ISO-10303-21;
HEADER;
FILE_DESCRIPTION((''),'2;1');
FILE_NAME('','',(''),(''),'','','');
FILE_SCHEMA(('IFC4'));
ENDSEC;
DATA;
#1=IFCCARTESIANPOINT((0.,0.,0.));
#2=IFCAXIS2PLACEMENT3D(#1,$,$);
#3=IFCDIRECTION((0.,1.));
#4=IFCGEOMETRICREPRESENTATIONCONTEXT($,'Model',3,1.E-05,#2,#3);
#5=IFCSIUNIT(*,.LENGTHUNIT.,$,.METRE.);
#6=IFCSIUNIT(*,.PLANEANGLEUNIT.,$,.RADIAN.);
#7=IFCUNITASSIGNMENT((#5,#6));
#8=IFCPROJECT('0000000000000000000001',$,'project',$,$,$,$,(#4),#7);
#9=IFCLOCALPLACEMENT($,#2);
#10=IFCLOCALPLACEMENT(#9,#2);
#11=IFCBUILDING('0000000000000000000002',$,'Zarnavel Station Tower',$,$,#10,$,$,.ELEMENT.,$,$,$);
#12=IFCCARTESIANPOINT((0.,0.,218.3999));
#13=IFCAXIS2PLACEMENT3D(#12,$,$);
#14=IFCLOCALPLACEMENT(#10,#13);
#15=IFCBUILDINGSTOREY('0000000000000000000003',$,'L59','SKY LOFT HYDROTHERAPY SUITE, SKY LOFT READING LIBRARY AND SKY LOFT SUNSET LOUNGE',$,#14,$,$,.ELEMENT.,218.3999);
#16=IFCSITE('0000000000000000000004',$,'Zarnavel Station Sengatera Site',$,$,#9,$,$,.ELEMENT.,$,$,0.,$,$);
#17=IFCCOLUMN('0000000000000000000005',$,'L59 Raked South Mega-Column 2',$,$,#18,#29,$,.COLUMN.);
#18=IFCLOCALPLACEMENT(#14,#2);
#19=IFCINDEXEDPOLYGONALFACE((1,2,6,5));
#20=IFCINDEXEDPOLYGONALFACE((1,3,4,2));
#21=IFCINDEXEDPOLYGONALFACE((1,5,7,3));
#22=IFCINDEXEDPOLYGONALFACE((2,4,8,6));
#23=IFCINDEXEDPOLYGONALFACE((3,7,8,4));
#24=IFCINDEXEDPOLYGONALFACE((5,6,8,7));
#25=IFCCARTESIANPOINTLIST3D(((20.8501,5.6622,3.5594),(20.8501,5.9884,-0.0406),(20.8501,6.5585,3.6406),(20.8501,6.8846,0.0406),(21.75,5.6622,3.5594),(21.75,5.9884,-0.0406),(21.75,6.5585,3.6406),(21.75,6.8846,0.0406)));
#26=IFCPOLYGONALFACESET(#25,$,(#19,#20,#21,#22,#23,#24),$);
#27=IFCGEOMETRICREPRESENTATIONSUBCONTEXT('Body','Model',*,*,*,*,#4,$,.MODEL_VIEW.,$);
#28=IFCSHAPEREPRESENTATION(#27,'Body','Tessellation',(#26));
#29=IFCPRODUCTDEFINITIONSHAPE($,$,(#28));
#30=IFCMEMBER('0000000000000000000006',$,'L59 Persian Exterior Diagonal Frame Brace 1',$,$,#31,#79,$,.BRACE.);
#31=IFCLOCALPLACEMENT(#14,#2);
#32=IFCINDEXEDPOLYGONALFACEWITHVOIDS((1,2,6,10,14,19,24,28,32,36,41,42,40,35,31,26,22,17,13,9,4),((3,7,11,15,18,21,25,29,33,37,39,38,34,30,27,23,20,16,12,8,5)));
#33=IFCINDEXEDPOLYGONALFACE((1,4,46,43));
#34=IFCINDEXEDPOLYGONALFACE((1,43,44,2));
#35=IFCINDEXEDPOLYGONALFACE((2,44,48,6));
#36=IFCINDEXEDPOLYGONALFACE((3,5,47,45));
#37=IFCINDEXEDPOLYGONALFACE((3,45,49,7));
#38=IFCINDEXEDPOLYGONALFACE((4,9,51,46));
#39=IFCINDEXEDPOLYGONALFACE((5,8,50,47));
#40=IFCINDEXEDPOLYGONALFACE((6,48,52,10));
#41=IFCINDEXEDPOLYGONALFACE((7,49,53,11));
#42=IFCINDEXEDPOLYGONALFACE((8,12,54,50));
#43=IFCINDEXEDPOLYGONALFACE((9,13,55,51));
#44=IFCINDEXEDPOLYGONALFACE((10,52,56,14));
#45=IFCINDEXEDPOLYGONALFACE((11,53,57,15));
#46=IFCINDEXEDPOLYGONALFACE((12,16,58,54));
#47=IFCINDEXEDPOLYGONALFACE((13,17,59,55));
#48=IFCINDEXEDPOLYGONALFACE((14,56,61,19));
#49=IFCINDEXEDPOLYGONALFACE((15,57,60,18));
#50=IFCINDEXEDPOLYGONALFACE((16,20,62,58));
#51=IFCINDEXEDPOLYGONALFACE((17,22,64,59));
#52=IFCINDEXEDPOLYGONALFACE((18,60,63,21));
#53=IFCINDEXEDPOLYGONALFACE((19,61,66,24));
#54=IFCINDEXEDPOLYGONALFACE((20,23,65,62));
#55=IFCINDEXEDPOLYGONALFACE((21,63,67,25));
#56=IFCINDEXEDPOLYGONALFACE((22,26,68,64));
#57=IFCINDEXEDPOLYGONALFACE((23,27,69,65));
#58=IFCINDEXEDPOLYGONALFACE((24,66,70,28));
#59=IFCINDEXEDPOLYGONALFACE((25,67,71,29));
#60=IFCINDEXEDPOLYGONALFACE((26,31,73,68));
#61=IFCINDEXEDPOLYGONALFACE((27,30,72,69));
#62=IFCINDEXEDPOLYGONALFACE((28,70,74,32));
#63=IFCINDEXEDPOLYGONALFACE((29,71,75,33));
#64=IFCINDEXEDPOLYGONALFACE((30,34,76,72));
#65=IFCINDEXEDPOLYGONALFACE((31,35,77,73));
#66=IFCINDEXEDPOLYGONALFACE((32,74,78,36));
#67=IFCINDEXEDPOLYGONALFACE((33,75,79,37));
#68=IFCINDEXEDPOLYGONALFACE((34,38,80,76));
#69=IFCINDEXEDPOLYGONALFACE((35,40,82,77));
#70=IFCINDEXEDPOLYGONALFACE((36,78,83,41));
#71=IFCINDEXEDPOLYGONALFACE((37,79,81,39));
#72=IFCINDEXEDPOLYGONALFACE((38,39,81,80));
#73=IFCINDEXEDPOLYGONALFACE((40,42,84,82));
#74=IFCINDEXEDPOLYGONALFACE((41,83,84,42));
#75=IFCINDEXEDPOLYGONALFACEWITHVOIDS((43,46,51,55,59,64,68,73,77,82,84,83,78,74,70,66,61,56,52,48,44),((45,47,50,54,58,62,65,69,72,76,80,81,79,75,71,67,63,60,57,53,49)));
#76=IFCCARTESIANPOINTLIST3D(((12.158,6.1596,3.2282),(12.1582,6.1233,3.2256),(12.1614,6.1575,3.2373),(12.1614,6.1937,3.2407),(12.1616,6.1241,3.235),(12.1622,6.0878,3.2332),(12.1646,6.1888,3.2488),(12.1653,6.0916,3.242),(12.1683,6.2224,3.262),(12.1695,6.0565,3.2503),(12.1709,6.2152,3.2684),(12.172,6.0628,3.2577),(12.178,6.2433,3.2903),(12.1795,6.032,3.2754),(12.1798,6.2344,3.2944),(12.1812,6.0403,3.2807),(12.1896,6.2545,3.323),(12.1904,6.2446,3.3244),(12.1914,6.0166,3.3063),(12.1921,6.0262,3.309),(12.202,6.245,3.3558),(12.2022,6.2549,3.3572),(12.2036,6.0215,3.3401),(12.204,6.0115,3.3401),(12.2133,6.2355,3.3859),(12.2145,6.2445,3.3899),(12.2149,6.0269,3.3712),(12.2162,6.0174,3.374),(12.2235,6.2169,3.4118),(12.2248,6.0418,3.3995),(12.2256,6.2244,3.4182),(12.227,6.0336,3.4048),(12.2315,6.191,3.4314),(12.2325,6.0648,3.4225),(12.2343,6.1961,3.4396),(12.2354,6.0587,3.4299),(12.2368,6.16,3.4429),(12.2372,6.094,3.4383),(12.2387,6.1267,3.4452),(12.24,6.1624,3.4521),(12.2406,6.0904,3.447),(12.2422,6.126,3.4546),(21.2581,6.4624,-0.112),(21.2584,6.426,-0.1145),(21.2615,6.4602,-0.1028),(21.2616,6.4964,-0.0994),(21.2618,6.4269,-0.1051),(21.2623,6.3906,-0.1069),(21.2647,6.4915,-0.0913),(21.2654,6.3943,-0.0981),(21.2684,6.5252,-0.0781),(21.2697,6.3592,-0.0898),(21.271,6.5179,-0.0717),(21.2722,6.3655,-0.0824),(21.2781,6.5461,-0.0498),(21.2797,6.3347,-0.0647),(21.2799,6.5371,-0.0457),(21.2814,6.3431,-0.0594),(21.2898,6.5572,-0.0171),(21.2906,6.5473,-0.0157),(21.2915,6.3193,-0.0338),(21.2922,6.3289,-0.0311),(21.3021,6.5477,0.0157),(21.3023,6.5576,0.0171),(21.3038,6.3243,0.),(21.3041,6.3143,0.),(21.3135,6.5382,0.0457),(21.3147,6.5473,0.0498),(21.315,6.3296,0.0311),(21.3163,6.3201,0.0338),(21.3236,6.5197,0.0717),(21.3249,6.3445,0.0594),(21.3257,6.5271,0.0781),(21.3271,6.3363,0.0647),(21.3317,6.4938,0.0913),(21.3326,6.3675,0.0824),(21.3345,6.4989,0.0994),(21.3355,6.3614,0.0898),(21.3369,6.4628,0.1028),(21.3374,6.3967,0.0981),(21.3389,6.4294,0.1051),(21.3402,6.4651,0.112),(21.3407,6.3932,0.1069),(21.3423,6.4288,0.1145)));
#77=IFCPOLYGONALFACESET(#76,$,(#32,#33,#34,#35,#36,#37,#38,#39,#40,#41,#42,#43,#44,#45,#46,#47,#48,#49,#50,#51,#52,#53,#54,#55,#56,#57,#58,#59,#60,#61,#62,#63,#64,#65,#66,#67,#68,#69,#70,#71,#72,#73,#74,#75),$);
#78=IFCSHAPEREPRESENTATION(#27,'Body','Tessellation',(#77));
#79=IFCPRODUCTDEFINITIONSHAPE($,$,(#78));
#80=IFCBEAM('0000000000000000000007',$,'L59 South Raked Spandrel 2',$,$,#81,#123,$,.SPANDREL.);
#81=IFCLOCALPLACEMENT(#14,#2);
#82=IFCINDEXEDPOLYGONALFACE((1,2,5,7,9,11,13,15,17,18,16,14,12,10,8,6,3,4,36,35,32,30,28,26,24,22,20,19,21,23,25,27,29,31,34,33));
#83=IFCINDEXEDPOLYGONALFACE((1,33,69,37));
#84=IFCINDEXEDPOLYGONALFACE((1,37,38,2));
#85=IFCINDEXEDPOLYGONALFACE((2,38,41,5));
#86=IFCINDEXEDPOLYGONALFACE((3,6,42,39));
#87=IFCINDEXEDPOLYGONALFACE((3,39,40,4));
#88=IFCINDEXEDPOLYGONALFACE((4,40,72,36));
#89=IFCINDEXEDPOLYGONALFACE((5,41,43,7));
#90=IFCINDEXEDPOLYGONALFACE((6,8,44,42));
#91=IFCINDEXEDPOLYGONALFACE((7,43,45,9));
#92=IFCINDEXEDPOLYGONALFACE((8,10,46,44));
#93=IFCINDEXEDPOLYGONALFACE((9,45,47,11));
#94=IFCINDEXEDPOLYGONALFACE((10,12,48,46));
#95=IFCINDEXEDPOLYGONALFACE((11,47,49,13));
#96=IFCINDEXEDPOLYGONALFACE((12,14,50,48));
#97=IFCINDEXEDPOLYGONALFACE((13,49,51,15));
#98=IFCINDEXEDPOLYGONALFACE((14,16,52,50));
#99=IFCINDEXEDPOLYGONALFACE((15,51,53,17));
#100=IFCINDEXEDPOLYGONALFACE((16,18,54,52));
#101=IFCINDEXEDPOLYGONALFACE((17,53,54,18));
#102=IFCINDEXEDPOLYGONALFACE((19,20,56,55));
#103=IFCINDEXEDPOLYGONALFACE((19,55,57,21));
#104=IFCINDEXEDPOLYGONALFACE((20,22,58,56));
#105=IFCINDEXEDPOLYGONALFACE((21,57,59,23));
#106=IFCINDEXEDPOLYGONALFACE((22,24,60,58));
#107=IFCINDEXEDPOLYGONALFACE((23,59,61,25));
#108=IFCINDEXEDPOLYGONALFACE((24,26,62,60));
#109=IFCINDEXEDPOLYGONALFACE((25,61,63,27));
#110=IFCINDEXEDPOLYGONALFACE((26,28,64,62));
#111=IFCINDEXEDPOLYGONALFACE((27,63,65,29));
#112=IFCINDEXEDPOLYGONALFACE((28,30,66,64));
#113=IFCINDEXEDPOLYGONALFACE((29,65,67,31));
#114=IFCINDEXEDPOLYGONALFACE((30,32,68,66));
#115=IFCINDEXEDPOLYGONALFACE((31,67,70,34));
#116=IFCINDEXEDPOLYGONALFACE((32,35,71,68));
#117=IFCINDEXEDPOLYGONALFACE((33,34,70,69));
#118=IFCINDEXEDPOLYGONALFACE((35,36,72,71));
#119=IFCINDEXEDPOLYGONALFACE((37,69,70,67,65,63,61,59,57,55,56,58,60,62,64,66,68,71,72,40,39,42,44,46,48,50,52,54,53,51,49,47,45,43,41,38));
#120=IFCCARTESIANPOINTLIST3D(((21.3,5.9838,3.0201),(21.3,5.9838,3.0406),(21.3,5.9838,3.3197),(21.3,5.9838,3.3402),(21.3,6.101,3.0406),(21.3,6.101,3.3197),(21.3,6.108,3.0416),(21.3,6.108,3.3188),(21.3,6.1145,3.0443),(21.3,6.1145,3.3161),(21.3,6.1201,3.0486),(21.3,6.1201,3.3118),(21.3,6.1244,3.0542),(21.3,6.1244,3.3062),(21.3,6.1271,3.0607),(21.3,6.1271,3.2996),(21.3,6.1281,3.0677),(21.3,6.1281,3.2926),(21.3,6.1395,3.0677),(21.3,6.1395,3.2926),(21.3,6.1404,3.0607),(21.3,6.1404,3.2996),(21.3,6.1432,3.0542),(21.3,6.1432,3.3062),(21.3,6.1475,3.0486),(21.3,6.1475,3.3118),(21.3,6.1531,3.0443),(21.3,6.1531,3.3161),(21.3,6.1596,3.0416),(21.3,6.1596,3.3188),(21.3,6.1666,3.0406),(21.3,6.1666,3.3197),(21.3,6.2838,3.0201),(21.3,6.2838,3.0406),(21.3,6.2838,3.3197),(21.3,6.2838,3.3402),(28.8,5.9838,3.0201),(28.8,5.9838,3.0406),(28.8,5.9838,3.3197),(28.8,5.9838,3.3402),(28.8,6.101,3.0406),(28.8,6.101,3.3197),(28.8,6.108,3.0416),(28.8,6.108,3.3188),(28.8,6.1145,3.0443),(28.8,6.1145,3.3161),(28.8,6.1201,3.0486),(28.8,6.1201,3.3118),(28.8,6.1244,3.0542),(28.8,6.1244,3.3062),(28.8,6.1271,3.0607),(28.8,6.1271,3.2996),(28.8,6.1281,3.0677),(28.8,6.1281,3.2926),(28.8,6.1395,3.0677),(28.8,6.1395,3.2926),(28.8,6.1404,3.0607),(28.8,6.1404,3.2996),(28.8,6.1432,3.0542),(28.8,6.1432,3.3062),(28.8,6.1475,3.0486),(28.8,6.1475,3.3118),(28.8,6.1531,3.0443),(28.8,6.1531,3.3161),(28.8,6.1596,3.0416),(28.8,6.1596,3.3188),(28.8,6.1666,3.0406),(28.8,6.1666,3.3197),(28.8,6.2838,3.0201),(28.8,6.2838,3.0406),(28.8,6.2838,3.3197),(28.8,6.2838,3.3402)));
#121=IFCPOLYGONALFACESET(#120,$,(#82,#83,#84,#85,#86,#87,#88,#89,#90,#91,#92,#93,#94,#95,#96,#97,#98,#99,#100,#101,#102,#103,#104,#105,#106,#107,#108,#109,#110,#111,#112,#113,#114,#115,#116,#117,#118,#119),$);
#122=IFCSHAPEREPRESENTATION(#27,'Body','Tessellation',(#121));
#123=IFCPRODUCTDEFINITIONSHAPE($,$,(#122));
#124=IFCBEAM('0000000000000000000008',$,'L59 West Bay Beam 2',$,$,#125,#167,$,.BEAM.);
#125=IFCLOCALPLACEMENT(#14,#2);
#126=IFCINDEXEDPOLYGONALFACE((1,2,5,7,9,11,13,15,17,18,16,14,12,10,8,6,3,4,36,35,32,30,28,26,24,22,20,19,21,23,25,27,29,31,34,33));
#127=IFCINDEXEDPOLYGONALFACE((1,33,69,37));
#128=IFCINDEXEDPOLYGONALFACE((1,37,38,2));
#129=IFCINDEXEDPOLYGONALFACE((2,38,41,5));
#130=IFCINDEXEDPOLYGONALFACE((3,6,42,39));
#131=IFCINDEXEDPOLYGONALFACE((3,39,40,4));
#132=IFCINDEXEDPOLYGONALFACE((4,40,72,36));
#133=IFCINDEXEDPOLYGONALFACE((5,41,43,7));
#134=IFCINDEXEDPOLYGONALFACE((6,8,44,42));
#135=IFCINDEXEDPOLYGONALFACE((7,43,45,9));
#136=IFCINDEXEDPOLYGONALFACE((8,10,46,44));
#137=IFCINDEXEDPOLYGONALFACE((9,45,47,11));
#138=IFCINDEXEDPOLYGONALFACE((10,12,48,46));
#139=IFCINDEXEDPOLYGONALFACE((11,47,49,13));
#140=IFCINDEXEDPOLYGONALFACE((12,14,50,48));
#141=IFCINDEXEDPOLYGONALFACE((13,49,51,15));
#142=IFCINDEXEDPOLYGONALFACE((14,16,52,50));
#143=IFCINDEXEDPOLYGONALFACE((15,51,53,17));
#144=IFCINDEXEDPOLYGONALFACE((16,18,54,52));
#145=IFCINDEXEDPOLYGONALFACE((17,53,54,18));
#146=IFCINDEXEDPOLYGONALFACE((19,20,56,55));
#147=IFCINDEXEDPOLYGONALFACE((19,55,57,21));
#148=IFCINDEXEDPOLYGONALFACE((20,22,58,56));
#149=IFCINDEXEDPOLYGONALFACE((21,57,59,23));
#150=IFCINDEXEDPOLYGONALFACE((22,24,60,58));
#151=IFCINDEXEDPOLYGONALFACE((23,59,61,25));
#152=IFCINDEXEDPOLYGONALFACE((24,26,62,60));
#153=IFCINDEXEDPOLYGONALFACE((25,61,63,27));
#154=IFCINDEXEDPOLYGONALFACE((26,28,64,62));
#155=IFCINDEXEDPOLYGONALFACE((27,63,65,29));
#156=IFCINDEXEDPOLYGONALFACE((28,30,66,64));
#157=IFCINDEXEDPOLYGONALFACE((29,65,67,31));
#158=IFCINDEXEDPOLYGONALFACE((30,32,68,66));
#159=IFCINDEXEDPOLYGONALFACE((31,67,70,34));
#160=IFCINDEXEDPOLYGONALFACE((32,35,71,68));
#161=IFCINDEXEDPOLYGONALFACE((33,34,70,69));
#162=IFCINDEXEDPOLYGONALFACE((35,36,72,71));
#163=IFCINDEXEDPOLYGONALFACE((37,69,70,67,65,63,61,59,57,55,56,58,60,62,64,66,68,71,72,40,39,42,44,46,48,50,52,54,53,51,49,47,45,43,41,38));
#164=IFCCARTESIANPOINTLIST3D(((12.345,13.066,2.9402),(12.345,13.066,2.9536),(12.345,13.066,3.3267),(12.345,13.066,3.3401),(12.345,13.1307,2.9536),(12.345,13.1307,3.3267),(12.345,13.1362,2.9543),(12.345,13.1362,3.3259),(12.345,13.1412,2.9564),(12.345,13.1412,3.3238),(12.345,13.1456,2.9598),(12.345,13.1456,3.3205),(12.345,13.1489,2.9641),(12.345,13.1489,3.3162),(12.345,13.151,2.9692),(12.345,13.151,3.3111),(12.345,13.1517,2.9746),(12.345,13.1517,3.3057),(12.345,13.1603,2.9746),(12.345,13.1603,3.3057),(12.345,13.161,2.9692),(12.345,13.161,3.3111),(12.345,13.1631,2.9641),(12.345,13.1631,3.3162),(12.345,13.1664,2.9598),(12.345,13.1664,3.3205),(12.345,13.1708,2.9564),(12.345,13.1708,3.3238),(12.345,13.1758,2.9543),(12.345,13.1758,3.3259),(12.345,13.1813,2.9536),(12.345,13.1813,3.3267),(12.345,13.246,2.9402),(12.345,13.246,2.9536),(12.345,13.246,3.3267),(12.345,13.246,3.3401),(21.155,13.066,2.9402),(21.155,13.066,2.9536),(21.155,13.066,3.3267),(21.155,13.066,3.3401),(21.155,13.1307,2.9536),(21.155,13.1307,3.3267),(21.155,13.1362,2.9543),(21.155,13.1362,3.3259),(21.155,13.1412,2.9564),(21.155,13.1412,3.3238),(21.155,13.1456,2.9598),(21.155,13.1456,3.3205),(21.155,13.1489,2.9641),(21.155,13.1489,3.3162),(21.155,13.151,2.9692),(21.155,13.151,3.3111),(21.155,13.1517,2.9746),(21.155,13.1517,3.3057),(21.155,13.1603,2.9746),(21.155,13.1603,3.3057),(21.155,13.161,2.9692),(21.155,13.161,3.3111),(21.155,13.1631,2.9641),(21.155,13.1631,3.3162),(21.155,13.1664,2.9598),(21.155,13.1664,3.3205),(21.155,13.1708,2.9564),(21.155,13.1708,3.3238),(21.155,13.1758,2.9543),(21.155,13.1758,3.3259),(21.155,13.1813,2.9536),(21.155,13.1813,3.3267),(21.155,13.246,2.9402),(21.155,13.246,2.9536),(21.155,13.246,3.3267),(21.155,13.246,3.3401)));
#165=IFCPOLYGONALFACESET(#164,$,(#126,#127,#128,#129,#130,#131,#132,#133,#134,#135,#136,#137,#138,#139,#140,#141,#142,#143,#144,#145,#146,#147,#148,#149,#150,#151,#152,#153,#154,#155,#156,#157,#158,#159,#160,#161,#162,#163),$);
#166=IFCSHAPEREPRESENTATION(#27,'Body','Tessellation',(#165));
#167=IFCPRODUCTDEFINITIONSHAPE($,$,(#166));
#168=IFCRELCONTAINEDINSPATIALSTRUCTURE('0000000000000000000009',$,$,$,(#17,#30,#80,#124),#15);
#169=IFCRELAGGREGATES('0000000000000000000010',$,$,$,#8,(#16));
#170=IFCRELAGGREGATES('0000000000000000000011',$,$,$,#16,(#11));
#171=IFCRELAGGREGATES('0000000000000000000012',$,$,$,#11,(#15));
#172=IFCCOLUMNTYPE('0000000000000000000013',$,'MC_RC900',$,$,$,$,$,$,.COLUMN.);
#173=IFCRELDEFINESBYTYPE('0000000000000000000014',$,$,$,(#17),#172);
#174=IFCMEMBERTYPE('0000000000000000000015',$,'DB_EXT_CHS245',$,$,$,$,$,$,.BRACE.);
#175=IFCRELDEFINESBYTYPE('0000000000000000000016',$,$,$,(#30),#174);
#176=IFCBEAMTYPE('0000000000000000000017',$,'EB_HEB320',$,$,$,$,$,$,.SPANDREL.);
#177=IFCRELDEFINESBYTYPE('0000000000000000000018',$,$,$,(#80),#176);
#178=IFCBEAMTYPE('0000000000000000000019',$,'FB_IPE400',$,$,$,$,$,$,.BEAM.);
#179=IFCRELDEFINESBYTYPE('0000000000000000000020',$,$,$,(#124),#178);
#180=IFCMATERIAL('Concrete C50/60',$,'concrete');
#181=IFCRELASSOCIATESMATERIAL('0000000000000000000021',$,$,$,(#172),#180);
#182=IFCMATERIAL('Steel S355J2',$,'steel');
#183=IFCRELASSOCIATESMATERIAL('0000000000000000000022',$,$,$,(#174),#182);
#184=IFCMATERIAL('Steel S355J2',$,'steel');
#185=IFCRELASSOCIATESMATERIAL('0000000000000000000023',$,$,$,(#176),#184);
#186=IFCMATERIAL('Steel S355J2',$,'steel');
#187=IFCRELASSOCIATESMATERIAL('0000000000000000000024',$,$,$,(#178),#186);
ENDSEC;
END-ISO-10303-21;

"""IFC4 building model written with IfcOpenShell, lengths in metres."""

from ifc_helpers import new_model, si_unit, direction, frame, origin, origin_2d, place, context, subcontext, project, spatial, rectangle, hollow_circle, i_section, extrude, material, material_profile, profile_set, type_object, element, save


model = new_model("IFC4")

# Units and contexts
model_context = context("Model", 3, precision=1e-05, world=origin(), true_north=direction((0.0, 1.0)))
body_context = subcontext(model_context, "Body", "Model", "MODEL_VIEW")
ifc_project = project(units=[si_unit("LENGTHUNIT", "METRE"), si_unit("PLANEANGLEUNIT", "RADIAN")], contexts=[model_context])

# Site, building, storey
site_placement = place(None, origin())
site = spatial("IfcSite", under=ifc_project, at=site_placement, Name="Zarnavel Station Sengatera Site", CompositionType="ELEMENT", RefElevation=0.0)
building_placement = place(site_placement, origin())
building = spatial("IfcBuilding", under=site, at=building_placement, Name="Zarnavel Station Tower", CompositionType="ELEMENT")
storey_placement = place(building_placement, frame((0.0, 0.0, 218.3999)))
storey = spatial("IfcBuildingStorey", under=building, at=storey_placement, Name="L59", Description="SKY LOFT HYDROTHERAPY SUITE, SKY LOFT READING LIBRARY AND SKY LOFT SUNSET LOUNGE", CompositionType="ELEMENT", Elevation=218.3999)

# Column
ifc_material_1 = material(Name="Concrete C50/60", Category="concrete")
ifc_material_profile_1 = material_profile(ifc_material_1, rectangle(XDim=0.8999, YDim=0.8999, at=origin_2d()), Name="RC900x900")
ifc_profile_set_1 = profile_set([ifc_material_profile_1], Name="Concrete C50/60")
column_type = type_object("IfcColumnType", Name="MC_RC900", PredefinedType="COLUMN", material=ifc_profile_set_1)
column_placement = place(storey_placement, frame((21.3, 6.4365, 0.0), z_axis=(0.0, -0.090231, 0.995921), x_axis=(1.0, 0.0, 0.0)))
element("IfcColumn", 1, at=column_placement, inside=storey, type_object=column_type, Name="L59 Raked South Mega-Column 2", PredefinedType="COLUMN", context=body_context, shape_type="SweptSolid", body=[
    extrude(rectangle(XDim=0.8999, YDim=0.8999, at=origin_2d()), origin(), (0.0, 0.0, 1.0), 3.6147),
])

# Member
ifc_material_2 = material(Name="Steel S355J2", Category="steel")
ifc_material_profile_2 = material_profile(ifc_material_2, hollow_circle(Radius=0.1223, WallThickness=0.01, at=origin_2d()), Name="CHS244.5x10")
ifc_profile_set_2 = profile_set([ifc_material_profile_2], Name="Steel S355J2")
member_type = type_object("IfcMemberType", Name="DB_EXT_CHS245", PredefinedType="BRACE", material=ifc_profile_set_2)
member_placement = place(storey_placement, frame((21.3, 6.4365, 0.0), z_axis=(-0.938306, -0.031215, 0.344395), x_axis=(0.033249, -0.999447, 0.0)))
element("IfcMember", 2, at=member_placement, inside=storey, type_object=member_type, Name="L59 Persian Exterior Diagonal Frame Brace 1", PredefinedType="BRACE", context=body_context, shape_type="SweptSolid", body=[
    extrude(hollow_circle(Radius=0.1223, WallThickness=0.01, at=origin_2d()), origin(), (0.0, 0.0, 1.0), 9.6985),
])

# Beams
ifc_material_3 = material(Name="Steel S355J2", Category="steel")
ifc_material_profile_3 = material_profile(ifc_material_3, i_section(OverallWidth=0.3, OverallDepth=0.3201, WebThickness=0.0115, FlangeThickness=0.0205, FilletRadius=0.0271, at=origin_2d()), Name="HEB320")
ifc_profile_set_3 = profile_set([ifc_material_profile_3], Name="Steel S355J2")
beam_type_1 = type_object("IfcBeamType", Name="EB_HEB320", PredefinedType="SPANDREL", material=ifc_profile_set_3)
beam_1_placement = place(storey_placement, frame((21.3, 6.1338, 3.1802), z_axis=(1.0, 0.0, 0.0), x_axis=(0.0, 1.0, 0.0)))
element("IfcBeam", 3, at=beam_1_placement, inside=storey, type_object=beam_type_1, Name="L59 South Raked Spandrel 2", PredefinedType="SPANDREL", context=body_context, shape_type="SweptSolid", body=[
    extrude(i_section(OverallWidth=0.3, OverallDepth=0.3201, WebThickness=0.0115, FlangeThickness=0.0205, FilletRadius=0.0271, at=origin_2d()), origin(), (0.0, 0.0, 1.0), 7.5),
])
ifc_material_4 = material(Name="Steel S355J2", Category="steel")
ifc_material_profile_4 = material_profile(ifc_material_4, i_section(OverallWidth=0.1799, OverallDepth=0.3999, WebThickness=0.0085, FlangeThickness=0.0134, FilletRadius=0.021, at=origin_2d()), Name="IPE400")
ifc_profile_set_4 = profile_set([ifc_material_profile_4], Name="Steel S355J2")
beam_type_2 = type_object("IfcBeamType", Name="FB_IPE400", PredefinedType="BEAM", material=ifc_profile_set_4)
beam_2_placement = place(storey_placement, frame((12.345, 13.156, 3.1401), z_axis=(1.0, 0.0, 0.0), x_axis=(0.0, 1.0, 0.0)))
element("IfcBeam", 4, at=beam_2_placement, inside=storey, type_object=beam_type_2, Name="L59 West Bay Beam 2", PredefinedType="BEAM", context=body_context, shape_type="SweptSolid", body=[
    extrude(i_section(OverallWidth=0.1799, OverallDepth=0.3999, WebThickness=0.0085, FlangeThickness=0.0134, FilletRadius=0.021, at=origin_2d()), origin(), (0.0, 0.0, 1.0), 8.8101),
])

save(model, "model.ifc")
